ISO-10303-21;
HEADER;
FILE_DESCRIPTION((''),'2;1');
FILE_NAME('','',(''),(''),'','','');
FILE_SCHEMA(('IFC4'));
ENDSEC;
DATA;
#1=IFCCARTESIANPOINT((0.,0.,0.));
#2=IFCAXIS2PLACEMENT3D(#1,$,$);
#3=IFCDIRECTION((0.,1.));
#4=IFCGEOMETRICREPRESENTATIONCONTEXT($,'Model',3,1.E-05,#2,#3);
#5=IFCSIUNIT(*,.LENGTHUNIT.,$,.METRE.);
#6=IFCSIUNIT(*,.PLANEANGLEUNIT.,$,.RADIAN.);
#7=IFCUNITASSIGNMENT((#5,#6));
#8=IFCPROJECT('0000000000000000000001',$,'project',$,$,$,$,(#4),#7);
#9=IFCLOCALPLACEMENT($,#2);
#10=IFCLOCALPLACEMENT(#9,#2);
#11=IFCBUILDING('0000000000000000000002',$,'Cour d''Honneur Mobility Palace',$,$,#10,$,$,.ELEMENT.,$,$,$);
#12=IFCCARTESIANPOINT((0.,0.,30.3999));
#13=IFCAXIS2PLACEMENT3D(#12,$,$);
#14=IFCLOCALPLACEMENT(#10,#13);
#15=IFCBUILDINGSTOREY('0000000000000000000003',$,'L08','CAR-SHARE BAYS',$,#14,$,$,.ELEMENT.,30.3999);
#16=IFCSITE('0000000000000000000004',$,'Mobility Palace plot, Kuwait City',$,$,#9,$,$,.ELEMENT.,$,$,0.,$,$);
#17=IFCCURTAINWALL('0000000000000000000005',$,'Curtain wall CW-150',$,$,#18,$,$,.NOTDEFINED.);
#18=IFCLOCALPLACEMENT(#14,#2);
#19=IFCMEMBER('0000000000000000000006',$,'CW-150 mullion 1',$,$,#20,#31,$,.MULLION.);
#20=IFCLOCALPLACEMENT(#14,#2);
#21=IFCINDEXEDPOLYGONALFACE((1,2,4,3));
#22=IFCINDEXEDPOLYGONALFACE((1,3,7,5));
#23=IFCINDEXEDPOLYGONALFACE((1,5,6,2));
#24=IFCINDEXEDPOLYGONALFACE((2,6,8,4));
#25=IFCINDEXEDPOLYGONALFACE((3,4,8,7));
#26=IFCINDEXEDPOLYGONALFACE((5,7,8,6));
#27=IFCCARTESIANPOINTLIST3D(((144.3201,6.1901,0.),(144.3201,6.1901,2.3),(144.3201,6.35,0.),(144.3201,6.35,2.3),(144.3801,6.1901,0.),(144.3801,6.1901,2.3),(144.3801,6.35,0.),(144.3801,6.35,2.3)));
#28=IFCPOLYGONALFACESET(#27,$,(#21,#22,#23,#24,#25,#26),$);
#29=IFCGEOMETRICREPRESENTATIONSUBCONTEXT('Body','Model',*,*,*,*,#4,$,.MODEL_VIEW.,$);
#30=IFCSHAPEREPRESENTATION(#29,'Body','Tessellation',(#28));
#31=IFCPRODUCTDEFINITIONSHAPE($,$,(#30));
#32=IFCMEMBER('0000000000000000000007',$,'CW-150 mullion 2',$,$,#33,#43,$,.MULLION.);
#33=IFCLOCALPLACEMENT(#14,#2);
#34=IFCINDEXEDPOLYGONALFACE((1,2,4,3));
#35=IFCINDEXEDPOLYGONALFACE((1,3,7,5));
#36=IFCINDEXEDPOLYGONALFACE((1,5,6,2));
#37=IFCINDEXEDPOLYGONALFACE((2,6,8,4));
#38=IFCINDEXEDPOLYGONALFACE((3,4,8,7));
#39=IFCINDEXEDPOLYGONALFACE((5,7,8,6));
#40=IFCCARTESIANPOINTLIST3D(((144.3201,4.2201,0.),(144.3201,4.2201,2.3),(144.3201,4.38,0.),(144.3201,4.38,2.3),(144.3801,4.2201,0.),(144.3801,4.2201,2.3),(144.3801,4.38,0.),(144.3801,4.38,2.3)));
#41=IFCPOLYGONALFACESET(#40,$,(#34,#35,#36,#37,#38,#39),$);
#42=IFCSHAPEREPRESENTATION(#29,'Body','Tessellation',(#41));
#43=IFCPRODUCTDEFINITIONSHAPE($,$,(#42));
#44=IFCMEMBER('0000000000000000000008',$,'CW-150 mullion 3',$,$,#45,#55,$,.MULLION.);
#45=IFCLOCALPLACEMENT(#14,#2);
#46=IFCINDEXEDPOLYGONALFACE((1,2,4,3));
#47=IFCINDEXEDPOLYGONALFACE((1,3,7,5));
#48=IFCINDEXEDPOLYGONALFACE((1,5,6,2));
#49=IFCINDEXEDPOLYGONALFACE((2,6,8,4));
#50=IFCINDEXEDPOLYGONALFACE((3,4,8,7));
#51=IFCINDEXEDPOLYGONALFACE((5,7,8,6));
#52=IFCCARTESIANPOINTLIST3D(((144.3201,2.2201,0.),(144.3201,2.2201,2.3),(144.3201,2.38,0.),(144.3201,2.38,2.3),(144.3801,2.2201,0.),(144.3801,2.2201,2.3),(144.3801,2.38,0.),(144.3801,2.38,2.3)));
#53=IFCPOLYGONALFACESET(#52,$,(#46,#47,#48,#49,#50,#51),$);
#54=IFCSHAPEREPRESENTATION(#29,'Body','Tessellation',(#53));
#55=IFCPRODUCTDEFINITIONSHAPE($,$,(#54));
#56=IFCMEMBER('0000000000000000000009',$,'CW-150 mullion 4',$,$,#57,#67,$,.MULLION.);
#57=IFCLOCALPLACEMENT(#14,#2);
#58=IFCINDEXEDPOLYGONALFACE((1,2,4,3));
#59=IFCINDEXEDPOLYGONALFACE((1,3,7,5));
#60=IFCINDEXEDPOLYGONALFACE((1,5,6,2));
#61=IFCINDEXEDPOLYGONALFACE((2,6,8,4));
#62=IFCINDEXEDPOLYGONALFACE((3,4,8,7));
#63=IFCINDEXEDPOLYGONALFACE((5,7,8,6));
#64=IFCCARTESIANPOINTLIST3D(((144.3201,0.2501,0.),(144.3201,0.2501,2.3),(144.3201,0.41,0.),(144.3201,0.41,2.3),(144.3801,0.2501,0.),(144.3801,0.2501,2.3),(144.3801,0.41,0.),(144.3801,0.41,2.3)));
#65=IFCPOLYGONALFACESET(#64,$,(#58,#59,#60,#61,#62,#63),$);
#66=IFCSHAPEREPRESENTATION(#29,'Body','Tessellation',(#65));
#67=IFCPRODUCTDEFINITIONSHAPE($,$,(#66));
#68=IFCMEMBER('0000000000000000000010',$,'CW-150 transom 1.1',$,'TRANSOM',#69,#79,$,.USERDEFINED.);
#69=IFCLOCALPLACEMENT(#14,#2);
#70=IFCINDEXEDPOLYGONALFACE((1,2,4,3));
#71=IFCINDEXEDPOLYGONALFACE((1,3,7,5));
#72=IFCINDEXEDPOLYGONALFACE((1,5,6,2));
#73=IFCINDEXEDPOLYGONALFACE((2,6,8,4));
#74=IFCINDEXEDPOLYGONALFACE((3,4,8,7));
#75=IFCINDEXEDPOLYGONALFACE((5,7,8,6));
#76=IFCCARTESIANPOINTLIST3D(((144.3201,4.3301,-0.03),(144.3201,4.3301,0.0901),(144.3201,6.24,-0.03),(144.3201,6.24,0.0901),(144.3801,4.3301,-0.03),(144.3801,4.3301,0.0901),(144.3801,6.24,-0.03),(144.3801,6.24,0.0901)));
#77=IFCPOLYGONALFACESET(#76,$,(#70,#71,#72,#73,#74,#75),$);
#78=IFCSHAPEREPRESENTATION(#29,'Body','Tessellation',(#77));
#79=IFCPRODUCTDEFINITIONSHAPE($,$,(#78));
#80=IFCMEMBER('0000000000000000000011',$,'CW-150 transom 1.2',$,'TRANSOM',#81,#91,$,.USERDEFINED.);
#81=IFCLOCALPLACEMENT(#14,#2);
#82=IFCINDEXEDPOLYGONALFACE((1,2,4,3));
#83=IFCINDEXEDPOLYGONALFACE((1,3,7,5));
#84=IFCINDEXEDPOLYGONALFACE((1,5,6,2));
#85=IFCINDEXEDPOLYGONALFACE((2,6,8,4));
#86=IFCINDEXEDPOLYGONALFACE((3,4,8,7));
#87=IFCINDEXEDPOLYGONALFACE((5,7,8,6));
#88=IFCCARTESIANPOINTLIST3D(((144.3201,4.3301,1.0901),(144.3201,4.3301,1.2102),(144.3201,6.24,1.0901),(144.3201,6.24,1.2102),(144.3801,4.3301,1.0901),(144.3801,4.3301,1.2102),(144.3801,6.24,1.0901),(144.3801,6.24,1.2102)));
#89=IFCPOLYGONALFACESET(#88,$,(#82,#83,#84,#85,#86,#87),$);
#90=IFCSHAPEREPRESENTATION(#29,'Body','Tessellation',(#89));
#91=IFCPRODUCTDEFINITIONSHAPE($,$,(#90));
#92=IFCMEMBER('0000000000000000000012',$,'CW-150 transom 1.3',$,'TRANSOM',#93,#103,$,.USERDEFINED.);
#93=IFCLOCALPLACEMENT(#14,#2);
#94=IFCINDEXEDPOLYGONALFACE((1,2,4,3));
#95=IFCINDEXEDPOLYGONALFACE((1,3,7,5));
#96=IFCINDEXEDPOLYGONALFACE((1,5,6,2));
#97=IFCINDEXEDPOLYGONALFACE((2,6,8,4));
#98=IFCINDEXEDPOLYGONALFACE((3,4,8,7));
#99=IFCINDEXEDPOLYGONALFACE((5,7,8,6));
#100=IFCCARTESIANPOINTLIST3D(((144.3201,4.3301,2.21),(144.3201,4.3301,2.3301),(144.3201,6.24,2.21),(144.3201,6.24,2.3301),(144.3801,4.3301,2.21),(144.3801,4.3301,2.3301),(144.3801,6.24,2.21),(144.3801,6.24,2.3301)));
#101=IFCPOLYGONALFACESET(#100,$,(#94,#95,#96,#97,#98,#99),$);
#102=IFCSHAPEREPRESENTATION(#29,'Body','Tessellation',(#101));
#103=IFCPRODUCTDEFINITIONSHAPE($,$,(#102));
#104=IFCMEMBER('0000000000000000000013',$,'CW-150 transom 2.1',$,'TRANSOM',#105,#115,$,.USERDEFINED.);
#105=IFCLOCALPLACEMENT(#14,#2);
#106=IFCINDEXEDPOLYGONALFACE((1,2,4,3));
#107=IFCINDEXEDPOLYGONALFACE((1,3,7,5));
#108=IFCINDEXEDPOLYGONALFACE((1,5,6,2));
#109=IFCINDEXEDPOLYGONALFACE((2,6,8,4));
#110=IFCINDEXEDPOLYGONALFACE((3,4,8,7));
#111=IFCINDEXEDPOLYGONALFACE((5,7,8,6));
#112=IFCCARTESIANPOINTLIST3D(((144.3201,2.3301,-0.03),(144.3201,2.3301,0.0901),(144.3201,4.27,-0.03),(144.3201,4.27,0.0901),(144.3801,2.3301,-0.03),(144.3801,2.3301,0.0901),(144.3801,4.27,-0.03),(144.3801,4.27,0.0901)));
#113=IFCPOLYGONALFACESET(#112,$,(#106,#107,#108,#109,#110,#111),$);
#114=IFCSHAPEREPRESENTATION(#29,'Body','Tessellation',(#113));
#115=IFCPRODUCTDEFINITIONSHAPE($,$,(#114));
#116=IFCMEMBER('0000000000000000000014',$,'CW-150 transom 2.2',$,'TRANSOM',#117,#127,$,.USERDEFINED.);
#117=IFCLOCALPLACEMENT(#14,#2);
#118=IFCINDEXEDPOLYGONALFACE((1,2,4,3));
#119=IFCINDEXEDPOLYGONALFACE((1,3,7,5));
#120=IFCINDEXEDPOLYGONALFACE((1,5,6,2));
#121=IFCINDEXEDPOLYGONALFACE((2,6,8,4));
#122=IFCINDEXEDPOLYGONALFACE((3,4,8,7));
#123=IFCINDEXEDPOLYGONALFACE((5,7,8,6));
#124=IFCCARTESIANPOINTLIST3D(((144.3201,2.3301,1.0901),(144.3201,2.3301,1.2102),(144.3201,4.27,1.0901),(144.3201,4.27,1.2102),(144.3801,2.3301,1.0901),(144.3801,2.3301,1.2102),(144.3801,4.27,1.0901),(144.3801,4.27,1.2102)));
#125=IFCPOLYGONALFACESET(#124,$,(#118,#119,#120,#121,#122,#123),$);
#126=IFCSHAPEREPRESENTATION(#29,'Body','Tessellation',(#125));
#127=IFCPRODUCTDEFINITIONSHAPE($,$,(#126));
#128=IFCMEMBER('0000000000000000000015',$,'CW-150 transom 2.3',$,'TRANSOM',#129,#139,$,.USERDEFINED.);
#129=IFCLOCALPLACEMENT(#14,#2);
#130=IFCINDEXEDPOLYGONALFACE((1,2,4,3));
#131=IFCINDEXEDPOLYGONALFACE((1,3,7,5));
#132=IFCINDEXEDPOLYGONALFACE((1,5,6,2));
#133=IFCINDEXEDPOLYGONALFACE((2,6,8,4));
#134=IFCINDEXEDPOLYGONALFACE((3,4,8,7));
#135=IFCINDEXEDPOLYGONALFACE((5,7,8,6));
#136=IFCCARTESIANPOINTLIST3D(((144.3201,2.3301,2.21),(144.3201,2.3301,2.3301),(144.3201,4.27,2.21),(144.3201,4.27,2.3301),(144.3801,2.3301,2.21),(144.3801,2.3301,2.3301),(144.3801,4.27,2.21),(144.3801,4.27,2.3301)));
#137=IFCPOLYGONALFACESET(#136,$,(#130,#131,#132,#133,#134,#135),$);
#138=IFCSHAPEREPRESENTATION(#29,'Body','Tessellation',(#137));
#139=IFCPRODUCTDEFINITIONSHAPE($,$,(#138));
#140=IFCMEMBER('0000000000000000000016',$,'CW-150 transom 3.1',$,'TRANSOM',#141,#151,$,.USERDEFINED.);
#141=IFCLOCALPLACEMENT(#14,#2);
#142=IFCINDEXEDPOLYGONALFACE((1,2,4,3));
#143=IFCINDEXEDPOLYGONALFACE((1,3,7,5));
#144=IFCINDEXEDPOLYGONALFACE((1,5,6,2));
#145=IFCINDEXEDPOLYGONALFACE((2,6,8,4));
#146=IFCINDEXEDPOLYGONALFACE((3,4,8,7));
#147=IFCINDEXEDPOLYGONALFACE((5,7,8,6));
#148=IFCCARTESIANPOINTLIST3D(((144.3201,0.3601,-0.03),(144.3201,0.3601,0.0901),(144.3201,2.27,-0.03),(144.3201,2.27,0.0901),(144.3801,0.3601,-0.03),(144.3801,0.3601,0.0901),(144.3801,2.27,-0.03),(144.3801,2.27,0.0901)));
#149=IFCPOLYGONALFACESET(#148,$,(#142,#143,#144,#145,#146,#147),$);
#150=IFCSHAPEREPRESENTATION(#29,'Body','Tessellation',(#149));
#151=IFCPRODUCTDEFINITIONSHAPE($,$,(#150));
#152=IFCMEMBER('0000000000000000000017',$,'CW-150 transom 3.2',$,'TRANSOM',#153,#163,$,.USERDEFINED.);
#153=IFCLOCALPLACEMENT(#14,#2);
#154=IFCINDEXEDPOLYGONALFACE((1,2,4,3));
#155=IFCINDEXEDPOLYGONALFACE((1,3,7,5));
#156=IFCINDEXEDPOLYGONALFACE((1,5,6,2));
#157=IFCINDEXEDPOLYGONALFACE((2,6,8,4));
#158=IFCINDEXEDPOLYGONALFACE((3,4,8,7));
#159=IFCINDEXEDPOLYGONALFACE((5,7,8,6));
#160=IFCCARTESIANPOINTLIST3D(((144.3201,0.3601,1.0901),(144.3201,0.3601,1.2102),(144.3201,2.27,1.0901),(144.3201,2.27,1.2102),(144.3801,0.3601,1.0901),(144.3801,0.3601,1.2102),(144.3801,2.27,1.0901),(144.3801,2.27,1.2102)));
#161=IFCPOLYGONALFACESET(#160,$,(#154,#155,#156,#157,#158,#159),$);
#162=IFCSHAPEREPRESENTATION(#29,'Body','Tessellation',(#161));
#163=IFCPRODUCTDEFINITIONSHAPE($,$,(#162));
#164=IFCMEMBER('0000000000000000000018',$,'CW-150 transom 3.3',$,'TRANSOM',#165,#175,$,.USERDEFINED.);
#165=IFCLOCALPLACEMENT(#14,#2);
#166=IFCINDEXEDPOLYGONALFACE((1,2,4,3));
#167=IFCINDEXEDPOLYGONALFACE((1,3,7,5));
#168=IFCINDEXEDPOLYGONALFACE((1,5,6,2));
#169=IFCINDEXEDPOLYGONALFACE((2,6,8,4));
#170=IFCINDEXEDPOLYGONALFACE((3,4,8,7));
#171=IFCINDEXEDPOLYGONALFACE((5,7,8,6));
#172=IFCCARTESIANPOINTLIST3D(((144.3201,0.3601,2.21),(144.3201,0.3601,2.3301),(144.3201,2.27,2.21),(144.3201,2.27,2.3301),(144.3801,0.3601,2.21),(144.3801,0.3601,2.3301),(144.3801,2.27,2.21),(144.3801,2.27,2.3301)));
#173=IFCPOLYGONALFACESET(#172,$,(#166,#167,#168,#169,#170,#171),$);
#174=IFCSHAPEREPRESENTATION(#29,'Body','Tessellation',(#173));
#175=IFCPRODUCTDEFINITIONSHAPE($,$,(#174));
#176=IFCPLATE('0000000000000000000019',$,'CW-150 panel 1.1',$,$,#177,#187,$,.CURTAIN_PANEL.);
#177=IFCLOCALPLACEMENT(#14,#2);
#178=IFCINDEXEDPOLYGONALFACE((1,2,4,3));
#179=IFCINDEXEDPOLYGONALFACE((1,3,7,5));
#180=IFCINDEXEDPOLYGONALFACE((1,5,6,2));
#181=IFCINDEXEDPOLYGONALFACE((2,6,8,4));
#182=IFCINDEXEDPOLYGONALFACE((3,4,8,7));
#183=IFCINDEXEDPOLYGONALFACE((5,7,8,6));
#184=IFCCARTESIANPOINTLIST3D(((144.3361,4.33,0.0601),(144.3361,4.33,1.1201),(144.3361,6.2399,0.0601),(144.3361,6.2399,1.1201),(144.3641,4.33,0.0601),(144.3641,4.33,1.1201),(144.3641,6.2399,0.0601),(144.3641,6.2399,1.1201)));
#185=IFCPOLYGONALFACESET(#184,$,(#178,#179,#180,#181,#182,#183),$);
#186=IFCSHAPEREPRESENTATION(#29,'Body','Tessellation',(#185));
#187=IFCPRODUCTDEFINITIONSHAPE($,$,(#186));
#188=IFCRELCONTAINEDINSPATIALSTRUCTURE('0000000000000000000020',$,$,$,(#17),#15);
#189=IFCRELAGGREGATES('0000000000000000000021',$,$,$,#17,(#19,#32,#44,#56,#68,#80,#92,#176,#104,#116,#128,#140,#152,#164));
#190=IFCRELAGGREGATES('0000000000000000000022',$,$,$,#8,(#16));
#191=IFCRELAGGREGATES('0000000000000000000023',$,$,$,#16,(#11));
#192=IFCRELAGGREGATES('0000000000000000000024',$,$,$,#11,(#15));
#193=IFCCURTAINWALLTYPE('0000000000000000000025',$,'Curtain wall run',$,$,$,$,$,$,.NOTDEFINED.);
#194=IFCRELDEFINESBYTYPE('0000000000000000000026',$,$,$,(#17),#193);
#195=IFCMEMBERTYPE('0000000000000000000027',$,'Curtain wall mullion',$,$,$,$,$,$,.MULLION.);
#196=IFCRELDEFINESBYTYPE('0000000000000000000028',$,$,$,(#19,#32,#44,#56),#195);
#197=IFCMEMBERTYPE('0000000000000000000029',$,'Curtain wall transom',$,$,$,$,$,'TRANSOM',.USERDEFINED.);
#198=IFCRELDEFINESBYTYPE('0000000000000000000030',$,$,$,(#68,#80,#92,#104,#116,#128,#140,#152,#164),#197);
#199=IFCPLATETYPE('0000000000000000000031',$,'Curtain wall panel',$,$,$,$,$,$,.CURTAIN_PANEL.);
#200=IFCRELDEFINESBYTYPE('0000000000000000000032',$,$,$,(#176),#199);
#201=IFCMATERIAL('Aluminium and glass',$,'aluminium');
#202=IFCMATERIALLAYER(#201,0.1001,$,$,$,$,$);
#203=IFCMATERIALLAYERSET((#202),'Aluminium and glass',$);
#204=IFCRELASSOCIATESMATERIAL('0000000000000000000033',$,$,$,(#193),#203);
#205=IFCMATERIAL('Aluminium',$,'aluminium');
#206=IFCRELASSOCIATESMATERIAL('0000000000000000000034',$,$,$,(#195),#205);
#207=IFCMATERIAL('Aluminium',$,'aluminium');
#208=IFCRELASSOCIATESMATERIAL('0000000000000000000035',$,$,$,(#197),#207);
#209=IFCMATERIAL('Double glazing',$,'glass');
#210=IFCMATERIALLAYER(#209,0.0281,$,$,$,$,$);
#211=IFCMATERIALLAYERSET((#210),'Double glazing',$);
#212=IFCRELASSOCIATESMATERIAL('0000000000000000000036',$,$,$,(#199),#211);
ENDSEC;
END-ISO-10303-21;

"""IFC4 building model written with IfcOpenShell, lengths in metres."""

from ifc_helpers import new_model, si_unit, direction, frame, origin, origin_2d, place, context, subcontext, project, spatial, rectangle, extrude, material, layer, layer_set, material_profile, profile_set, type_object, element, aggregate, save


model = new_model("IFC4")

# Units and contexts
model_context = context("Model", 3, precision=1e-05, world=origin(), true_north=direction((0.0, 1.0)))
body_context = subcontext(model_context, "Body", "Model", "MODEL_VIEW")
ifc_project = project(units=[si_unit("LENGTHUNIT", "METRE"), si_unit("PLANEANGLEUNIT", "RADIAN")], contexts=[model_context])

# Site, building, storey
site_placement = place(None, origin())
site = spatial("IfcSite", under=ifc_project, at=site_placement, Name="Mobility Palace plot, Kuwait City", CompositionType="ELEMENT", RefElevation=0.0)
building_placement = place(site_placement, origin())
building = spatial("IfcBuilding", under=site, at=building_placement, Name="Cour d'Honneur Mobility Palace", CompositionType="ELEMENT")
storey_placement = place(building_placement, frame((0.0, 0.0, 30.3999)))
storey = spatial("IfcBuildingStorey", under=building, at=storey_placement, Name="L08", Description="CAR-SHARE BAYS", CompositionType="ELEMENT", Elevation=30.3999)

# Curtain wall, members, plate
ifc_material_1 = material(Name="Aluminium and glass", Category="aluminium")
ifc_layer_1 = layer(ifc_material_1, 0.1001)
ifc_layer_set_1 = layer_set([ifc_layer_1], Name="Aluminium and glass")
curtain_wall_type = type_object("IfcCurtainWallType", Name="Curtain wall run", PredefinedType="NOTDEFINED", material=ifc_layer_set_1)
curtain_wall_placement = place(storey_placement, origin())
curtain_wall = element("IfcCurtainWall", 1, at=curtain_wall_placement, inside=storey, type_object=curtain_wall_type, Name="Curtain wall CW-150", PredefinedType="NOTDEFINED")
ifc_material_2 = material(Name="Aluminium", Category="aluminium")
ifc_material_profile_1 = material_profile(ifc_material_2, rectangle(XDim=0.0601, YDim=0.1599, at=origin_2d()), Name="Curtain wall mullion")
ifc_profile_set_1 = profile_set([ifc_material_profile_1], Name="Aluminium")
member_type_1 = type_object("IfcMemberType", Name="Curtain wall mullion", PredefinedType="MULLION", material=ifc_profile_set_1)
member_1_placement = place(storey_placement, frame((144.3501, 6.27, 0.0), z_axis=(0.0, 0.0, 1.0), x_axis=(1.0, 0.0, 0.0)))
member_1 = element("IfcMember", 2, at=member_1_placement, type_object=member_type_1, Name="CW-150 mullion 1", PredefinedType="MULLION", context=body_context, shape_type="SweptSolid", body=[
    extrude(rectangle(XDim=0.0601, YDim=0.1599, at=origin_2d()), origin(), (0.0, 0.0, 1.0), 2.3),
])
member_2_placement = place(storey_placement, frame((144.3501, 4.3, 0.0), z_axis=(0.0, 0.0, 1.0), x_axis=(1.0, 0.0, 0.0)))
member_2 = element("IfcMember", 3, at=member_2_placement, type_object=member_type_1, Name="CW-150 mullion 2", PredefinedType="MULLION", context=body_context, shape_type="SweptSolid", body=[
    extrude(rectangle(XDim=0.0601, YDim=0.1599, at=origin_2d()), origin(), (0.0, 0.0, 1.0), 2.3),
])
member_3_placement = place(storey_placement, frame((144.3501, 2.3, 0.0), z_axis=(0.0, 0.0, 1.0), x_axis=(1.0, 0.0, 0.0)))
member_3 = element("IfcMember", 4, at=member_3_placement, type_object=member_type_1, Name="CW-150 mullion 3", PredefinedType="MULLION", context=body_context, shape_type="SweptSolid", body=[
    extrude(rectangle(XDim=0.0601, YDim=0.1599, at=origin_2d()), origin(), (0.0, 0.0, 1.0), 2.3),
])
member_4_placement = place(storey_placement, frame((144.3501, 0.3301, 0.0), z_axis=(0.0, 0.0, 1.0), x_axis=(1.0, 0.0, 0.0)))
member_4 = element("IfcMember", 5, at=member_4_placement, type_object=member_type_1, Name="CW-150 mullion 4", PredefinedType="MULLION", context=body_context, shape_type="SweptSolid", body=[
    extrude(rectangle(XDim=0.0601, YDim=0.1599, at=origin_2d()), origin(), (0.0, 0.0, 1.0), 2.3),
])
ifc_material_3 = material(Name="Aluminium", Category="aluminium")
ifc_material_profile_2 = material_profile(ifc_material_3, rectangle(XDim=0.0601, YDim=0.1201, at=origin_2d()), Name="Curtain wall transom")
ifc_profile_set_2 = profile_set([ifc_material_profile_2], Name="Aluminium")
member_type_2 = type_object("IfcMemberType", Name="Curtain wall transom", ElementType="TRANSOM", PredefinedType="USERDEFINED", material=ifc_profile_set_2)
member_5_placement = place(storey_placement, frame((144.3501, 6.24, 0.03), z_axis=(0.0, -1.0, 0.0), x_axis=(1.0, 0.0, 0.0)))
member_5 = element("IfcMember", 6, at=member_5_placement, type_object=member_type_2, Name="CW-150 transom 1.1", ObjectType="TRANSOM", PredefinedType="USERDEFINED", context=body_context, shape_type="SweptSolid", body=[
    extrude(rectangle(XDim=0.0601, YDim=0.1201, at=origin_2d()), origin(), (0.0, 0.0, 1.0), 1.9099),
])
member_6_placement = place(storey_placement, frame((144.3501, 6.24, 1.1501), z_axis=(0.0, -1.0, 0.0), x_axis=(1.0, 0.0, 0.0)))
member_6 = element("IfcMember", 7, at=member_6_placement, type_object=member_type_2, Name="CW-150 transom 1.2", ObjectType="TRANSOM", PredefinedType="USERDEFINED", context=body_context, shape_type="SweptSolid", body=[
    extrude(rectangle(XDim=0.0601, YDim=0.1201, at=origin_2d()), origin(), (0.0, 0.0, 1.0), 1.9099),
])
member_7_placement = place(storey_placement, frame((144.3501, 6.24, 2.27), z_axis=(0.0, -1.0, 0.0), x_axis=(1.0, 0.0, 0.0)))
member_7 = element("IfcMember", 8, at=member_7_placement, type_object=member_type_2, Name="CW-150 transom 1.3", ObjectType="TRANSOM", PredefinedType="USERDEFINED", context=body_context, shape_type="SweptSolid", body=[
    extrude(rectangle(XDim=0.0601, YDim=0.1201, at=origin_2d()), origin(), (0.0, 0.0, 1.0), 1.9099),
])
member_8_placement = place(storey_placement, frame((144.3501, 4.27, 0.03), z_axis=(0.0, -1.0, 0.0), x_axis=(1.0, 0.0, 0.0)))
member_8 = element("IfcMember", 9, at=member_8_placement, type_object=member_type_2, Name="CW-150 transom 2.1", ObjectType="TRANSOM", PredefinedType="USERDEFINED", context=body_context, shape_type="SweptSolid", body=[
    extrude(rectangle(XDim=0.0601, YDim=0.1201, at=origin_2d()), origin(), (0.0, 0.0, 1.0), 1.9399),
])
member_9_placement = place(storey_placement, frame((144.3501, 4.27, 1.1501), z_axis=(0.0, -1.0, 0.0), x_axis=(1.0, 0.0, 0.0)))
member_9 = element("IfcMember", 10, at=member_9_placement, type_object=member_type_2, Name="CW-150 transom 2.2", ObjectType="TRANSOM", PredefinedType="USERDEFINED", context=body_context, shape_type="SweptSolid", body=[
    extrude(rectangle(XDim=0.0601, YDim=0.1201, at=origin_2d()), origin(), (0.0, 0.0, 1.0), 1.9399),
])
member_10_placement = place(storey_placement, frame((144.3501, 4.27, 2.27), z_axis=(0.0, -1.0, 0.0), x_axis=(1.0, 0.0, 0.0)))
member_10 = element("IfcMember", 11, at=member_10_placement, type_object=member_type_2, Name="CW-150 transom 2.3", ObjectType="TRANSOM", PredefinedType="USERDEFINED", context=body_context, shape_type="SweptSolid", body=[
    extrude(rectangle(XDim=0.0601, YDim=0.1201, at=origin_2d()), origin(), (0.0, 0.0, 1.0), 1.9399),
])
member_11_placement = place(storey_placement, frame((144.3501, 2.27, 0.03), z_axis=(0.0, -1.0, 0.0), x_axis=(1.0, 0.0, 0.0)))
member_11 = element("IfcMember", 12, at=member_11_placement, type_object=member_type_2, Name="CW-150 transom 3.1", ObjectType="TRANSOM", PredefinedType="USERDEFINED", context=body_context, shape_type="SweptSolid", body=[
    extrude(rectangle(XDim=0.0601, YDim=0.1201, at=origin_2d()), origin(), (0.0, 0.0, 1.0), 1.9099),
])
member_12_placement = place(storey_placement, frame((144.3501, 2.27, 1.1501), z_axis=(0.0, -1.0, 0.0), x_axis=(1.0, 0.0, 0.0)))
member_12 = element("IfcMember", 13, at=member_12_placement, type_object=member_type_2, Name="CW-150 transom 3.2", ObjectType="TRANSOM", PredefinedType="USERDEFINED", context=body_context, shape_type="SweptSolid", body=[
    extrude(rectangle(XDim=0.0601, YDim=0.1201, at=origin_2d()), origin(), (0.0, 0.0, 1.0), 1.9099),
])
member_13_placement = place(storey_placement, frame((144.3501, 2.27, 2.27), z_axis=(0.0, -1.0, 0.0), x_axis=(1.0, 0.0, 0.0)))
member_13 = element("IfcMember", 14, at=member_13_placement, type_object=member_type_2, Name="CW-150 transom 3.3", ObjectType="TRANSOM", PredefinedType="USERDEFINED", context=body_context, shape_type="SweptSolid", body=[
    extrude(rectangle(XDim=0.0601, YDim=0.1201, at=origin_2d()), origin(), (0.0, 0.0, 1.0), 1.9099),
])
ifc_material_4 = material(Name="Double glazing", Category="glass")
ifc_layer_2 = layer(ifc_material_4, 0.0281)
ifc_layer_set_2 = layer_set([ifc_layer_2], Name="Double glazing")
plate_type = type_object("IfcPlateType", Name="Curtain wall panel", PredefinedType="CURTAIN_PANEL", material=ifc_layer_set_2)
plate_1_placement = place(storey_placement, frame((144.3501, 5.2849, 0.0601), z_axis=(0.0, 0.0, 1.0), x_axis=(0.0, -1.0, 0.0)))
plate_1 = element("IfcPlate", 15, at=plate_1_placement, type_object=plate_type, Name="CW-150 panel 1.1", PredefinedType="CURTAIN_PANEL", context=body_context, shape_type="SweptSolid", body=[
    extrude(rectangle(XDim=1.9099, YDim=0.0281, at=origin_2d()), origin(), (0.0, 0.0, 1.0), 1.0601),
])
aggregate(curtain_wall, [member_1, member_2, member_3, member_4, member_5, member_6, member_7, plate_1, member_8, member_9, member_10, member_11, member_12, member_13])

save(model, "model.ifc")
